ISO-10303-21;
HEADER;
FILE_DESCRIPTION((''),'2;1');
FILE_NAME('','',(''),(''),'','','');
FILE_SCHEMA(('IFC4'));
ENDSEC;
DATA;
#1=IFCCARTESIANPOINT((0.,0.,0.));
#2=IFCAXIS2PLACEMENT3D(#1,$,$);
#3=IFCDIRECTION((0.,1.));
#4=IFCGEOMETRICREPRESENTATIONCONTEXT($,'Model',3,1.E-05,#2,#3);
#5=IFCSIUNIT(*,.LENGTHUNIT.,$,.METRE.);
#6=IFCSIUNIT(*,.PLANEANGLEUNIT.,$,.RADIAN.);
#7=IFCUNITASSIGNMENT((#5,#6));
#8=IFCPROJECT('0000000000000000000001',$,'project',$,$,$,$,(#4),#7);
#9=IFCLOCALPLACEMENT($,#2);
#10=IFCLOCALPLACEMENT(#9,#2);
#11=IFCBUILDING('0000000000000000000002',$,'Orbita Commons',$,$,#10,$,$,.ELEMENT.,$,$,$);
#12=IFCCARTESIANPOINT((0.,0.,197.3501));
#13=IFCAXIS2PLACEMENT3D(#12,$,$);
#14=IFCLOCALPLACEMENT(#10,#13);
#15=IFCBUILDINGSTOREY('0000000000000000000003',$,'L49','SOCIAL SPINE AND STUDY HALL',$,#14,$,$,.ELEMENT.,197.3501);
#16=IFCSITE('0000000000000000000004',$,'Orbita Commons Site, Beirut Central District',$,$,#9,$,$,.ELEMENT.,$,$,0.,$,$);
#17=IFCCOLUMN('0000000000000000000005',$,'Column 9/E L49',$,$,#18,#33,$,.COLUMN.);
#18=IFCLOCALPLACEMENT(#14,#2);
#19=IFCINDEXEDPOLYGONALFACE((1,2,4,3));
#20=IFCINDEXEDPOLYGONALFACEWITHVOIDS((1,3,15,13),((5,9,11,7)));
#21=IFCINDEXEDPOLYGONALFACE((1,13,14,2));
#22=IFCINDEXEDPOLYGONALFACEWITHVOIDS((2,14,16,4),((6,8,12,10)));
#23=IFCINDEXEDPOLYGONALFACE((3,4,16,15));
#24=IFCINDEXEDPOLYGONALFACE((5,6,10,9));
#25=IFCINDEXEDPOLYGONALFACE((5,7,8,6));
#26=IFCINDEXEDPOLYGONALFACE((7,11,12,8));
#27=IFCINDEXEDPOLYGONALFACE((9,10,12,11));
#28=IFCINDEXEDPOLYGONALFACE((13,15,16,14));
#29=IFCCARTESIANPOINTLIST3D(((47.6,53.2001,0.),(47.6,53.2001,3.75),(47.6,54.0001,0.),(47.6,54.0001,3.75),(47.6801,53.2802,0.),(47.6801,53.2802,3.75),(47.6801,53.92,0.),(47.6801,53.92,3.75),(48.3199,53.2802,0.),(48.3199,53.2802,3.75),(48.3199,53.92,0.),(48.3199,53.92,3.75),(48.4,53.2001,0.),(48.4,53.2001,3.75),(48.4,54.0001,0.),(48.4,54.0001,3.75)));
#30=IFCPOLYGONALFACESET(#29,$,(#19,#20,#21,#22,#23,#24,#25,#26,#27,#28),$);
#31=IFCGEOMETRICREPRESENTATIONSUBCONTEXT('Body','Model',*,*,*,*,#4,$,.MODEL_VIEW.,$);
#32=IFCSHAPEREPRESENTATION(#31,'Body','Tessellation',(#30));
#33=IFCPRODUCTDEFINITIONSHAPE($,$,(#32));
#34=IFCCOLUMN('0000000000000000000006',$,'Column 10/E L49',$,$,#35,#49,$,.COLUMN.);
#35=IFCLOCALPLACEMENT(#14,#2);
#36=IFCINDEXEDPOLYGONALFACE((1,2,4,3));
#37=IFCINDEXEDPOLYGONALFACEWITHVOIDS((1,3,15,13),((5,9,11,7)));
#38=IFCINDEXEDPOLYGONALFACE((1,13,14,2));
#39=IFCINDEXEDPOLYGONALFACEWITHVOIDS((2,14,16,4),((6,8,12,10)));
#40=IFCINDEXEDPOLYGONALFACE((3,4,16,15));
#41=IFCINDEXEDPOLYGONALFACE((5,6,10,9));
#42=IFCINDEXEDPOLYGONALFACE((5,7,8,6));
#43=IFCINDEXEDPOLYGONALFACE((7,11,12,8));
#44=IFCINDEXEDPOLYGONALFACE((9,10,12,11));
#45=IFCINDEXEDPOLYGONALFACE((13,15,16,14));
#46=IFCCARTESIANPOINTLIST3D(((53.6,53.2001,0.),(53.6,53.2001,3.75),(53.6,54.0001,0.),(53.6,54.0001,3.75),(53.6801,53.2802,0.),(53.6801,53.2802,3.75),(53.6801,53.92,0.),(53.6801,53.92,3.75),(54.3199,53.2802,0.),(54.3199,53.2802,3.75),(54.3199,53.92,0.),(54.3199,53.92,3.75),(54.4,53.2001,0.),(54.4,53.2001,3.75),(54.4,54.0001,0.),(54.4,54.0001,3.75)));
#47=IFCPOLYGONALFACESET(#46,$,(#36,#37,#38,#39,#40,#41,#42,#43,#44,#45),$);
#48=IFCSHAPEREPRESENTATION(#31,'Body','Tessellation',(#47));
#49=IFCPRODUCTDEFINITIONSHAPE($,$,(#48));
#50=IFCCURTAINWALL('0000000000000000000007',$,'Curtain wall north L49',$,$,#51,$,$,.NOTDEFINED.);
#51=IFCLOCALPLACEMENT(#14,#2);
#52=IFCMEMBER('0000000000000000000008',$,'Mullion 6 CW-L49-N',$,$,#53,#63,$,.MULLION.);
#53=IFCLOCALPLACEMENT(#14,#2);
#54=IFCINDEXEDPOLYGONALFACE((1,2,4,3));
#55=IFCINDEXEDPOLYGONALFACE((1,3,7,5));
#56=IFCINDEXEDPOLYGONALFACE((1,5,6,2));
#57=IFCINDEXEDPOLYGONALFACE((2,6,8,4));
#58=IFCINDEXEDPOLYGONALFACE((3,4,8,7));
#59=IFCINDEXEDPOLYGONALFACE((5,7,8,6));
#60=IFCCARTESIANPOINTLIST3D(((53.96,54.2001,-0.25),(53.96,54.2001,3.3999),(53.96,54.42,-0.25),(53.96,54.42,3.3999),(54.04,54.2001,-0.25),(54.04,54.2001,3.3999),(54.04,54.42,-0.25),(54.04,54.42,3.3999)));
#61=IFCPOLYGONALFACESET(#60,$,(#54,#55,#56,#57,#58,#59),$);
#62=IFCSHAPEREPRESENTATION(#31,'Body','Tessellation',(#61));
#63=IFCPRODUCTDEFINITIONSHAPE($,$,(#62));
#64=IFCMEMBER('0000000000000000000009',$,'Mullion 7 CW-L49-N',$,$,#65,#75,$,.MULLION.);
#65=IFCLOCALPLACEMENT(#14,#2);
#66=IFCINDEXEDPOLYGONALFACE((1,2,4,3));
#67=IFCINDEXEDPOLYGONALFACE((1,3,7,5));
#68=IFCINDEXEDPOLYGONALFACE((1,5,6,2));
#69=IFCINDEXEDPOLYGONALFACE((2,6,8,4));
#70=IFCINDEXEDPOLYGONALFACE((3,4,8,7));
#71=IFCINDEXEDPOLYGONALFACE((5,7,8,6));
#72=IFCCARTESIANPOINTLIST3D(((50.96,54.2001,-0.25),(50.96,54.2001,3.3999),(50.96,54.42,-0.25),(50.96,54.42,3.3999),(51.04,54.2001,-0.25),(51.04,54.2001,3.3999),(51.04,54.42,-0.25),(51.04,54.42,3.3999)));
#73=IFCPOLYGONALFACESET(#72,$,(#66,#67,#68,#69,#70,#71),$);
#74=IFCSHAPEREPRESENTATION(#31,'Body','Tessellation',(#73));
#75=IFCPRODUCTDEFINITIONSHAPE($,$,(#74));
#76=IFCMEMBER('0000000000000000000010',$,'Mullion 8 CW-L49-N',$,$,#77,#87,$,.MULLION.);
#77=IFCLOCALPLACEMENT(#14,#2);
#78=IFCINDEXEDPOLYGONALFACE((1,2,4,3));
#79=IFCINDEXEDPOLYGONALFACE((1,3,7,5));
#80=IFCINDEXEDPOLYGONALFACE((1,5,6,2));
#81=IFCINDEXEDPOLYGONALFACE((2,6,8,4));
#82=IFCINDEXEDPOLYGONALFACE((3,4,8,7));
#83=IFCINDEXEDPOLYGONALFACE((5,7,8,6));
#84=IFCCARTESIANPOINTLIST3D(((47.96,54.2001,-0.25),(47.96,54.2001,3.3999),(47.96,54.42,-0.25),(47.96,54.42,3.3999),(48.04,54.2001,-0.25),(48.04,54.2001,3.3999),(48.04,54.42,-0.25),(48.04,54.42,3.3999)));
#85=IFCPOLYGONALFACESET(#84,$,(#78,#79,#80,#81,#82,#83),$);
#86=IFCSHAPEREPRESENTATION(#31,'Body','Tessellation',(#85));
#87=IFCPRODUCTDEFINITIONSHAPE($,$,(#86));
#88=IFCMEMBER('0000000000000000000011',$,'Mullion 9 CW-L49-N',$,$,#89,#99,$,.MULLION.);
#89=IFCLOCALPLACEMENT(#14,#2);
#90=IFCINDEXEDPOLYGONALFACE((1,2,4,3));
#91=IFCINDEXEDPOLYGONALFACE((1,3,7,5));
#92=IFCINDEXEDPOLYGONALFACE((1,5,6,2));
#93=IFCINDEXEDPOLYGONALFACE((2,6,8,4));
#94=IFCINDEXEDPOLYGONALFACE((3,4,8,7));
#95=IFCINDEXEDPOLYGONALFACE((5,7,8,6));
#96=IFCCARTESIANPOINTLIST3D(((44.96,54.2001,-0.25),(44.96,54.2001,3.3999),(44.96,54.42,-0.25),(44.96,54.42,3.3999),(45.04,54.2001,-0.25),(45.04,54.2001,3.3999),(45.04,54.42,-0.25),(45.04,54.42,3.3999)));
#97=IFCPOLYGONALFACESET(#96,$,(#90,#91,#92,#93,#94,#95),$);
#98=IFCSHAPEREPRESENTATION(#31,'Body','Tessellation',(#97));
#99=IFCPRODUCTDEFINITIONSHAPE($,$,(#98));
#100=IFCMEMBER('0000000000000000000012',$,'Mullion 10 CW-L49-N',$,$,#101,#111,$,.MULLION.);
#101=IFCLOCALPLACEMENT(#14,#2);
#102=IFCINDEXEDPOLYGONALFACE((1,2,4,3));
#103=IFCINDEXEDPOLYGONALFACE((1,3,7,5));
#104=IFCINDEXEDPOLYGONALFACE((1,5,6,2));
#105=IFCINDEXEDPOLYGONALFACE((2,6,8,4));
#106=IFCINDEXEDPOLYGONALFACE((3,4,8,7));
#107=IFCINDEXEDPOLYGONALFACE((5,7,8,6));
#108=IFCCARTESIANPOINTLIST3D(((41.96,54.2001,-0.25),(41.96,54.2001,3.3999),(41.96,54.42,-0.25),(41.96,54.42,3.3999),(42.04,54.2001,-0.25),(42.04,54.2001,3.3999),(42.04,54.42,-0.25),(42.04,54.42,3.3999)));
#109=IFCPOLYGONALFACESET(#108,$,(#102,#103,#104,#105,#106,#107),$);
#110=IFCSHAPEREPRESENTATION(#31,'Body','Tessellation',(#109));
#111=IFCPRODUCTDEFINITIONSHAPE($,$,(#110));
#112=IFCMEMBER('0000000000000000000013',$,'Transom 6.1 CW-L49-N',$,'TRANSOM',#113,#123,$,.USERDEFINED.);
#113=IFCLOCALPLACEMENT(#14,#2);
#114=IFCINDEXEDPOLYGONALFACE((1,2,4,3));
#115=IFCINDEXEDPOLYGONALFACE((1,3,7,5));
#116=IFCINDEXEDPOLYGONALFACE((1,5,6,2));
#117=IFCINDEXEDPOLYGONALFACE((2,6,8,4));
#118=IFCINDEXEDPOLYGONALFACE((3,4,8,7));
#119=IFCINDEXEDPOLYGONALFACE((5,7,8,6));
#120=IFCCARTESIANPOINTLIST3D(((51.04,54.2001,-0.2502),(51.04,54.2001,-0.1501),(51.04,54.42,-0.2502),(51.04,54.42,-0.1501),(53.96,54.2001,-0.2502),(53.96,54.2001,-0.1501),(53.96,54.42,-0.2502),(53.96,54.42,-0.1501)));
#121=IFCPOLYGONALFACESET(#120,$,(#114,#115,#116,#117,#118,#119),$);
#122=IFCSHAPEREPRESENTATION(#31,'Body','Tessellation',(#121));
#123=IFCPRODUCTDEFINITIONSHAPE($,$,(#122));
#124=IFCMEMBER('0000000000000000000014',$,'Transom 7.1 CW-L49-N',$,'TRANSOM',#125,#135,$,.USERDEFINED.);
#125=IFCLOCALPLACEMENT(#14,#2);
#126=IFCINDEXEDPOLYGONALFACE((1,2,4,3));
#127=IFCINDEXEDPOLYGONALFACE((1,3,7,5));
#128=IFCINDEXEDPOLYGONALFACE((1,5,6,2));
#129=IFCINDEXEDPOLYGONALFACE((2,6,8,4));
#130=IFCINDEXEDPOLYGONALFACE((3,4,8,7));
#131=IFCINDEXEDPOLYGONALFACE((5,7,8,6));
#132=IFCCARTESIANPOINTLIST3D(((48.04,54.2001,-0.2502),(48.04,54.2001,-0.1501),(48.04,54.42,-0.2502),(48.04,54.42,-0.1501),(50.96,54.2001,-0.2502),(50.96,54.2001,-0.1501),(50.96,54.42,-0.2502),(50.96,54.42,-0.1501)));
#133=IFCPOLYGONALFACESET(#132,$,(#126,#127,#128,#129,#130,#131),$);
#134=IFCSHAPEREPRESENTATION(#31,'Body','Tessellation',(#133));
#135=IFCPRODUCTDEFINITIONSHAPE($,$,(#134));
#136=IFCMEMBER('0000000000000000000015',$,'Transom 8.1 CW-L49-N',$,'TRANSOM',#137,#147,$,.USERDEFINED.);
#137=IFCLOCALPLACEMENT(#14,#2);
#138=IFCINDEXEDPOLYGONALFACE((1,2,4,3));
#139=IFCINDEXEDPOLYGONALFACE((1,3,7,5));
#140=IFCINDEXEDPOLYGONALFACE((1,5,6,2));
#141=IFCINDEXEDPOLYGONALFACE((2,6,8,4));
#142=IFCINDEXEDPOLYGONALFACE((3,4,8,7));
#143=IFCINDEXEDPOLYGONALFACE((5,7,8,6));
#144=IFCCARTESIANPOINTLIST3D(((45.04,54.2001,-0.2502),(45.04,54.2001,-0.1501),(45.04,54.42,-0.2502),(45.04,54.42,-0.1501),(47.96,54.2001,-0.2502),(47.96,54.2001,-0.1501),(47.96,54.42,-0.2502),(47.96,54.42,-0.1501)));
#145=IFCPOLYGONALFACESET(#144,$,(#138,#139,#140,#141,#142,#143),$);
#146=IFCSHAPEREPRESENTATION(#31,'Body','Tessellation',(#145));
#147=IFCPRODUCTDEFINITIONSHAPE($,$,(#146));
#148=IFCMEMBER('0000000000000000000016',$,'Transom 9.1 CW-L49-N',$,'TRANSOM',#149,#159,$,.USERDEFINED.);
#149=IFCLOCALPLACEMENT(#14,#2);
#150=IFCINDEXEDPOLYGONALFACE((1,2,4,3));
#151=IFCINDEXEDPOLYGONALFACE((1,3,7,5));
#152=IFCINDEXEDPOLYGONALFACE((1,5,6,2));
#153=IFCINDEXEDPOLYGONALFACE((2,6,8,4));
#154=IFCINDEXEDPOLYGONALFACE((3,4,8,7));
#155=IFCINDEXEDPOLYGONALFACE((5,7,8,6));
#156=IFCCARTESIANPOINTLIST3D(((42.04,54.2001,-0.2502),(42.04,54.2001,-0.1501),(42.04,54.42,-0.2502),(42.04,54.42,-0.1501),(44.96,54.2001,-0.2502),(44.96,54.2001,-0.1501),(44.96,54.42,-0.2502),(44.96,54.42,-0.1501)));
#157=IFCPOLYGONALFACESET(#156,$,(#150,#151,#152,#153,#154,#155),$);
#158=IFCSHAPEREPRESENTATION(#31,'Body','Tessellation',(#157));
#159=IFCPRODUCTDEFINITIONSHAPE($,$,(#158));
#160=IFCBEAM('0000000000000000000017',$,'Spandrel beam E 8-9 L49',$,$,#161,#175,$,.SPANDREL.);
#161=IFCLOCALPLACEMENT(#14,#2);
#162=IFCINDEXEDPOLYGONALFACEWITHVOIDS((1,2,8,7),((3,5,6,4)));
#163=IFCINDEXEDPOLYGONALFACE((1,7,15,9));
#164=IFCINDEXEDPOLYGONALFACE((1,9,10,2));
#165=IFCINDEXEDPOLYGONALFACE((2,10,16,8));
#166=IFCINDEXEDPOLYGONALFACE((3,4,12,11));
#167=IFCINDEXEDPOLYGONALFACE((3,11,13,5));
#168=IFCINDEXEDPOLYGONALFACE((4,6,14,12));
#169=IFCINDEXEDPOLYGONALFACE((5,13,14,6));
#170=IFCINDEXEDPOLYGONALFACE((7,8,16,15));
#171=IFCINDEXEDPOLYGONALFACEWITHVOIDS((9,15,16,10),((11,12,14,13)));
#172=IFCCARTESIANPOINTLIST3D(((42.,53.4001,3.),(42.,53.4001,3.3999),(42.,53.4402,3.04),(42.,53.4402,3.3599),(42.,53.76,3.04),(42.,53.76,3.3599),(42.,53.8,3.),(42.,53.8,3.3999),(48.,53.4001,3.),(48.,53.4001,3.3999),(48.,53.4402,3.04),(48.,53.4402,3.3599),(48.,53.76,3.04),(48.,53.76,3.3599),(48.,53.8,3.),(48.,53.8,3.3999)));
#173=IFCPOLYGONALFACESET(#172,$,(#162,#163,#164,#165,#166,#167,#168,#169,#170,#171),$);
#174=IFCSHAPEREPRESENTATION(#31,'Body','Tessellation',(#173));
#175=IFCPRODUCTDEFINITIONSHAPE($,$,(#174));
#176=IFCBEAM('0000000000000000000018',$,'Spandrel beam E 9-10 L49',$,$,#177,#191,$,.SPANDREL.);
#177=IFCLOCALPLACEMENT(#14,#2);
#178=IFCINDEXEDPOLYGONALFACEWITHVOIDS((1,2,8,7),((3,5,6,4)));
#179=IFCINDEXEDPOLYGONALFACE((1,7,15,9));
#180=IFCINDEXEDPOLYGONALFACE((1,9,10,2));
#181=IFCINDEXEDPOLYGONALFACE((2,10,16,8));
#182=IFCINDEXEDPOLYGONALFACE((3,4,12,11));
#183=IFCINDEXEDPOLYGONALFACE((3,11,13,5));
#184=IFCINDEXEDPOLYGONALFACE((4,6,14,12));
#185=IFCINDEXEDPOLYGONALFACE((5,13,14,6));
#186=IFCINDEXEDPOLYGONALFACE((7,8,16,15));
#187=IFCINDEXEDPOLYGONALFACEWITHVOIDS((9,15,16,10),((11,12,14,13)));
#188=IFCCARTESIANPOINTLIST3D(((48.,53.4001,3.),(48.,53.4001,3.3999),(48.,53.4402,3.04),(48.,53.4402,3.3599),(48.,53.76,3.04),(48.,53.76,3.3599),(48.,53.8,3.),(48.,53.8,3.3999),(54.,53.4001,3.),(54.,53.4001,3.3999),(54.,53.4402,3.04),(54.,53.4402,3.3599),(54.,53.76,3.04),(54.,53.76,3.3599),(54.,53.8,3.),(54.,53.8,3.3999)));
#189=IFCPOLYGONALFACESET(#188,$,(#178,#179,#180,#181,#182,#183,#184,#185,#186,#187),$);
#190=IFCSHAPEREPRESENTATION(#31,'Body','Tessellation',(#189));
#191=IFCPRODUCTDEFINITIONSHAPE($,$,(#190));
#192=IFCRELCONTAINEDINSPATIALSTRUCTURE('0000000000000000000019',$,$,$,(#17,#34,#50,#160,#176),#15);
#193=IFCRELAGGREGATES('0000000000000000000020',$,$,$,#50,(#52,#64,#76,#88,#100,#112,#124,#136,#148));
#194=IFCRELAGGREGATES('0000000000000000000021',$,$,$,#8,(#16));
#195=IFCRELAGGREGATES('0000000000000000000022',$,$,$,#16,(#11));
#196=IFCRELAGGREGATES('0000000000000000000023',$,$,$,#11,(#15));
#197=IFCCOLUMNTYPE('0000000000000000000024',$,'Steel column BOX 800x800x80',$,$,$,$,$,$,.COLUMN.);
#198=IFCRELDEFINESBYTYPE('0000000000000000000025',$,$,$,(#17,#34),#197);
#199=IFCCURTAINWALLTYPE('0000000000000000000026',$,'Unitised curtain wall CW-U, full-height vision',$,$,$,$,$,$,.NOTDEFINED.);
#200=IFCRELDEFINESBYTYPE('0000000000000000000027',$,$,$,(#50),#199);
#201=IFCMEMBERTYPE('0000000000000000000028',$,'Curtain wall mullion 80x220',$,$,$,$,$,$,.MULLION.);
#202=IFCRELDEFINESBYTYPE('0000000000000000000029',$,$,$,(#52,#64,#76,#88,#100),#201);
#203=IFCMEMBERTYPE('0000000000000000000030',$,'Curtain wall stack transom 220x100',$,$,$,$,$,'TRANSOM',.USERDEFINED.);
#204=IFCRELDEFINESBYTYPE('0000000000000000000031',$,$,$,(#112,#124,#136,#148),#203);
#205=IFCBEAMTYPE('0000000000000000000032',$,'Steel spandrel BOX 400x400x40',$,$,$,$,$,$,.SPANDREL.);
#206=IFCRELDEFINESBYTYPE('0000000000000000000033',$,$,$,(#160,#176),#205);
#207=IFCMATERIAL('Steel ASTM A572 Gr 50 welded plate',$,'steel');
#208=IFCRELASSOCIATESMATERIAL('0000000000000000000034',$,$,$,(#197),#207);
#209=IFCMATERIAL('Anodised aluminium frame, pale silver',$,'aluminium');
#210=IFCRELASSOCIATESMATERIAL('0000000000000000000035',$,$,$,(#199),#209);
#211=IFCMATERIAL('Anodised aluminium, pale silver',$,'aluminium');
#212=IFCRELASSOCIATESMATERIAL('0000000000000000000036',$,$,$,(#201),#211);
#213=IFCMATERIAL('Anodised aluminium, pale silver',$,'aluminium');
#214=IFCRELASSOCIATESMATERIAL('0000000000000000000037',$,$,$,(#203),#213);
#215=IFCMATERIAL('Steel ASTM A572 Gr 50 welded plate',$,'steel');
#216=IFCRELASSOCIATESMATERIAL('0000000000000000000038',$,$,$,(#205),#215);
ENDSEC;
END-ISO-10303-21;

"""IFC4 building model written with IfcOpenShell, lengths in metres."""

from ifc_helpers import new_model, si_unit, direction, frame, origin, origin_2d, place, context, subcontext, project, spatial, rectangle, hollow_rectangle, extrude, material, material_profile, profile_set, type_object, element, aggregate, save


model = new_model("IFC4")

# Units and contexts
model_context = context("Model", 3, precision=1e-05, world=origin(), true_north=direction((0.0, 1.0)))
body_context = subcontext(model_context, "Body", "Model", "MODEL_VIEW")
ifc_project = project(units=[si_unit("LENGTHUNIT", "METRE"), si_unit("PLANEANGLEUNIT", "RADIAN")], contexts=[model_context])

# Site, building, storey
site_placement = place(None, origin())
site = spatial("IfcSite", under=ifc_project, at=site_placement, Name="Orbita Commons Site, Beirut Central District", CompositionType="ELEMENT", RefElevation=0.0)
building_placement = place(site_placement, origin())
building = spatial("IfcBuilding", under=site, at=building_placement, Name="Orbita Commons", CompositionType="ELEMENT")
storey_placement = place(building_placement, frame((0.0, 0.0, 197.3501)))
storey = spatial("IfcBuildingStorey", under=building, at=storey_placement, Name="L49", Description="SOCIAL SPINE AND STUDY HALL", CompositionType="ELEMENT", Elevation=197.3501)

# Columns
ifc_material_1 = material(Name="Steel ASTM A572 Gr 50 welded plate", Category="steel")
ifc_material_profile_1 = material_profile(ifc_material_1, hollow_rectangle(XDim=0.8, YDim=0.8, WallThickness=0.0801, at=origin_2d()), Name="BOX 800x800x80")
ifc_profile_set_1 = profile_set([ifc_material_profile_1], Name="Steel ASTM A572 Gr 50 welded plate")
column_type = type_object("IfcColumnType", Name="Steel column BOX 800x800x80", PredefinedType="COLUMN", material=ifc_profile_set_1)
for number, where, z_axis, x_axis, name in (
    (1, (48.0, 53.6001, 0.0), (0.0, 0.0, 1.0), (1.0, 0.0, 0.0), "Column 9/E L49"),
    (2, (54.0, 53.6001, 0.0), (0.0, 0.0, 1.0), (1.0, 0.0, 0.0), "Column 10/E L49"),
):
    element("IfcColumn", number, at=place(storey_placement, frame(where, z_axis=z_axis, x_axis=x_axis)), inside=storey, type_object=column_type, Name=name, PredefinedType="COLUMN", context=body_context, shape_type="SweptSolid", body=[
        extrude(hollow_rectangle(XDim=0.8, YDim=0.8, WallThickness=0.0801, at=origin_2d()), origin(), (0.0, 0.0, 1.0), 3.75),
    ])

# Curtain wall, members
ifc_material_2 = material(Name="Anodised aluminium frame, pale silver", Category="aluminium")
curtain_wall_type = type_object("IfcCurtainWallType", Name="Unitised curtain wall CW-U, full-height vision", PredefinedType="NOTDEFINED", material=ifc_material_2)
curtain_wall_placement = place(storey_placement, origin())
curtain_wall = element("IfcCurtainWall", 3, at=curtain_wall_placement, inside=storey, type_object=curtain_wall_type, Name="Curtain wall north L49", PredefinedType="NOTDEFINED")
ifc_material_3 = material(Name="Anodised aluminium, pale silver", Category="aluminium")
ifc_material_profile_2 = material_profile(ifc_material_3, rectangle(XDim=0.0801, YDim=0.22, at=origin_2d()), Name="AL 80x220")
ifc_profile_set_2 = profile_set([ifc_material_profile_2], Name="Anodised aluminium, pale silver")
member_type_1 = type_object("IfcMemberType", Name="Curtain wall mullion 80x220", PredefinedType="MULLION", material=ifc_profile_set_2)
member_1_placement = place(storey_placement, frame((54.0, 54.3101, -0.25), z_axis=(0.0, 0.0, 1.0), x_axis=(-1.0, 0.0, 0.0)))
member_1 = element("IfcMember", 4, at=member_1_placement, type_object=member_type_1, Name="Mullion 6 CW-L49-N", PredefinedType="MULLION", context=body_context, shape_type="SweptSolid", body=[
    extrude(rectangle(XDim=0.0801, YDim=0.22, at=origin_2d()), origin(), (0.0, 0.0, 1.0), 3.6499),
])
member_2_placement = place(storey_placement, frame((51.0, 54.3101, -0.25), z_axis=(0.0, 0.0, 1.0), x_axis=(-1.0, 0.0, 0.0)))
member_2 = element("IfcMember", 5, at=member_2_placement, type_object=member_type_1, Name="Mullion 7 CW-L49-N", PredefinedType="MULLION", context=body_context, shape_type="SweptSolid", body=[
    extrude(rectangle(XDim=0.0801, YDim=0.22, at=origin_2d()), origin(), (0.0, 0.0, 1.0), 3.6499),
])
member_3_placement = place(storey_placement, frame((48.0, 54.3101, -0.25), z_axis=(0.0, 0.0, 1.0), x_axis=(-1.0, 0.0, 0.0)))
member_3 = element("IfcMember", 6, at=member_3_placement, type_object=member_type_1, Name="Mullion 8 CW-L49-N", PredefinedType="MULLION", context=body_context, shape_type="SweptSolid", body=[
    extrude(rectangle(XDim=0.0801, YDim=0.22, at=origin_2d()), origin(), (0.0, 0.0, 1.0), 3.6499),
])
member_4_placement = place(storey_placement, frame((45.0, 54.3101, -0.25), z_axis=(0.0, 0.0, 1.0), x_axis=(-1.0, 0.0, 0.0)))
member_4 = element("IfcMember", 7, at=member_4_placement, type_object=member_type_1, Name="Mullion 9 CW-L49-N", PredefinedType="MULLION", context=body_context, shape_type="SweptSolid", body=[
    extrude(rectangle(XDim=0.0801, YDim=0.22, at=origin_2d()), origin(), (0.0, 0.0, 1.0), 3.6499),
])
member_5_placement = place(storey_placement, frame((42.0, 54.3101, -0.25), z_axis=(0.0, 0.0, 1.0), x_axis=(-1.0, 0.0, 0.0)))
member_5 = element("IfcMember", 8, at=member_5_placement, type_object=member_type_1, Name="Mullion 10 CW-L49-N", PredefinedType="MULLION", context=body_context, shape_type="SweptSolid", body=[
    extrude(rectangle(XDim=0.0801, YDim=0.22, at=origin_2d()), origin(), (0.0, 0.0, 1.0), 3.6499),
])
ifc_material_4 = material(Name="Anodised aluminium, pale silver", Category="aluminium")
ifc_material_profile_3 = material_profile(ifc_material_4, rectangle(XDim=0.22, YDim=0.1001, at=origin_2d()), Name="AL 220x100")
ifc_profile_set_3 = profile_set([ifc_material_profile_3], Name="Anodised aluminium, pale silver")
member_type_2 = type_object("IfcMemberType", Name="Curtain wall stack transom 220x100", ElementType="TRANSOM", PredefinedType="USERDEFINED", material=ifc_profile_set_3)
member_6_placement = place(storey_placement, frame((53.96, 54.3101, -0.2002), z_axis=(-1.0, 0.0, 0.0), x_axis=(0.0, -1.0, 0.0)))
member_6 = element("IfcMember", 9, at=member_6_placement, type_object=member_type_2, Name="Transom 6.1 CW-L49-N", ObjectType="TRANSOM", PredefinedType="USERDEFINED", context=body_context, shape_type="SweptSolid", body=[
    extrude(rectangle(XDim=0.22, YDim=0.1001, at=origin_2d()), origin(), (0.0, 0.0, 1.0), 2.9199),
])
member_7_placement = place(storey_placement, frame((50.96, 54.3101, -0.2002), z_axis=(-1.0, 0.0, 0.0), x_axis=(0.0, -1.0, 0.0)))
member_7 = element("IfcMember", 10, at=member_7_placement, type_object=member_type_2, Name="Transom 7.1 CW-L49-N", ObjectType="TRANSOM", PredefinedType="USERDEFINED", context=body_context, shape_type="SweptSolid", body=[
    extrude(rectangle(XDim=0.22, YDim=0.1001, at=origin_2d()), origin(), (0.0, 0.0, 1.0), 2.9199),
])
member_8_placement = place(storey_placement, frame((47.96, 54.3101, -0.2002), z_axis=(-1.0, 0.0, 0.0), x_axis=(0.0, -1.0, 0.0)))
member_8 = element("IfcMember", 11, at=member_8_placement, type_object=member_type_2, Name="Transom 8.1 CW-L49-N", ObjectType="TRANSOM", PredefinedType="USERDEFINED", context=body_context, shape_type="SweptSolid", body=[
    extrude(rectangle(XDim=0.22, YDim=0.1001, at=origin_2d()), origin(), (0.0, 0.0, 1.0), 2.9199),
])
member_9_placement = place(storey_placement, frame((44.96, 54.3101, -0.2002), z_axis=(-1.0, 0.0, 0.0), x_axis=(0.0, -1.0, 0.0)))
member_9 = element("IfcMember", 12, at=member_9_placement, type_object=member_type_2, Name="Transom 9.1 CW-L49-N", ObjectType="TRANSOM", PredefinedType="USERDEFINED", context=body_context, shape_type="SweptSolid", body=[
    extrude(rectangle(XDim=0.22, YDim=0.1001, at=origin_2d()), origin(), (0.0, 0.0, 1.0), 2.9199),
])

# Beams
ifc_material_5 = material(Name="Steel ASTM A572 Gr 50 welded plate", Category="steel")
ifc_material_profile_4 = material_profile(ifc_material_5, hollow_rectangle(XDim=0.3999, YDim=0.3999, WallThickness=0.04, at=origin_2d()), Name="BOX 400x400x40")
ifc_profile_set_4 = profile_set([ifc_material_profile_4], Name="Steel ASTM A572 Gr 50 welded plate")
beam_type = type_object("IfcBeamType", Name="Steel spandrel BOX 400x400x40", PredefinedType="SPANDREL", material=ifc_profile_set_4)
for number, where, z_axis, x_axis, name in (
    (13, (42.0, 53.6001, 3.2), (1.0, 0.0, 0.0), (0.0, 1.0, 0.0), "Spandrel beam E 8-9 L49"),
    (14, (48.0, 53.6001, 3.2), (1.0, 0.0, 0.0), (0.0, 1.0, 0.0), "Spandrel beam E 9-10 L49"),
):
    element("IfcBeam", number, at=place(storey_placement, frame(where, z_axis=z_axis, x_axis=x_axis)), inside=storey, type_object=beam_type, Name=name, PredefinedType="SPANDREL", context=body_context, shape_type="SweptSolid", body=[
        extrude(hollow_rectangle(XDim=0.3999, YDim=0.3999, WallThickness=0.04, at=origin_2d()), origin(), (0.0, 0.0, 1.0), 6.0),
    ])

aggregate(curtain_wall, [member_1, member_2, member_3, member_4, member_5, member_6, member_7, member_8, member_9])

save(model, "model.ifc")
